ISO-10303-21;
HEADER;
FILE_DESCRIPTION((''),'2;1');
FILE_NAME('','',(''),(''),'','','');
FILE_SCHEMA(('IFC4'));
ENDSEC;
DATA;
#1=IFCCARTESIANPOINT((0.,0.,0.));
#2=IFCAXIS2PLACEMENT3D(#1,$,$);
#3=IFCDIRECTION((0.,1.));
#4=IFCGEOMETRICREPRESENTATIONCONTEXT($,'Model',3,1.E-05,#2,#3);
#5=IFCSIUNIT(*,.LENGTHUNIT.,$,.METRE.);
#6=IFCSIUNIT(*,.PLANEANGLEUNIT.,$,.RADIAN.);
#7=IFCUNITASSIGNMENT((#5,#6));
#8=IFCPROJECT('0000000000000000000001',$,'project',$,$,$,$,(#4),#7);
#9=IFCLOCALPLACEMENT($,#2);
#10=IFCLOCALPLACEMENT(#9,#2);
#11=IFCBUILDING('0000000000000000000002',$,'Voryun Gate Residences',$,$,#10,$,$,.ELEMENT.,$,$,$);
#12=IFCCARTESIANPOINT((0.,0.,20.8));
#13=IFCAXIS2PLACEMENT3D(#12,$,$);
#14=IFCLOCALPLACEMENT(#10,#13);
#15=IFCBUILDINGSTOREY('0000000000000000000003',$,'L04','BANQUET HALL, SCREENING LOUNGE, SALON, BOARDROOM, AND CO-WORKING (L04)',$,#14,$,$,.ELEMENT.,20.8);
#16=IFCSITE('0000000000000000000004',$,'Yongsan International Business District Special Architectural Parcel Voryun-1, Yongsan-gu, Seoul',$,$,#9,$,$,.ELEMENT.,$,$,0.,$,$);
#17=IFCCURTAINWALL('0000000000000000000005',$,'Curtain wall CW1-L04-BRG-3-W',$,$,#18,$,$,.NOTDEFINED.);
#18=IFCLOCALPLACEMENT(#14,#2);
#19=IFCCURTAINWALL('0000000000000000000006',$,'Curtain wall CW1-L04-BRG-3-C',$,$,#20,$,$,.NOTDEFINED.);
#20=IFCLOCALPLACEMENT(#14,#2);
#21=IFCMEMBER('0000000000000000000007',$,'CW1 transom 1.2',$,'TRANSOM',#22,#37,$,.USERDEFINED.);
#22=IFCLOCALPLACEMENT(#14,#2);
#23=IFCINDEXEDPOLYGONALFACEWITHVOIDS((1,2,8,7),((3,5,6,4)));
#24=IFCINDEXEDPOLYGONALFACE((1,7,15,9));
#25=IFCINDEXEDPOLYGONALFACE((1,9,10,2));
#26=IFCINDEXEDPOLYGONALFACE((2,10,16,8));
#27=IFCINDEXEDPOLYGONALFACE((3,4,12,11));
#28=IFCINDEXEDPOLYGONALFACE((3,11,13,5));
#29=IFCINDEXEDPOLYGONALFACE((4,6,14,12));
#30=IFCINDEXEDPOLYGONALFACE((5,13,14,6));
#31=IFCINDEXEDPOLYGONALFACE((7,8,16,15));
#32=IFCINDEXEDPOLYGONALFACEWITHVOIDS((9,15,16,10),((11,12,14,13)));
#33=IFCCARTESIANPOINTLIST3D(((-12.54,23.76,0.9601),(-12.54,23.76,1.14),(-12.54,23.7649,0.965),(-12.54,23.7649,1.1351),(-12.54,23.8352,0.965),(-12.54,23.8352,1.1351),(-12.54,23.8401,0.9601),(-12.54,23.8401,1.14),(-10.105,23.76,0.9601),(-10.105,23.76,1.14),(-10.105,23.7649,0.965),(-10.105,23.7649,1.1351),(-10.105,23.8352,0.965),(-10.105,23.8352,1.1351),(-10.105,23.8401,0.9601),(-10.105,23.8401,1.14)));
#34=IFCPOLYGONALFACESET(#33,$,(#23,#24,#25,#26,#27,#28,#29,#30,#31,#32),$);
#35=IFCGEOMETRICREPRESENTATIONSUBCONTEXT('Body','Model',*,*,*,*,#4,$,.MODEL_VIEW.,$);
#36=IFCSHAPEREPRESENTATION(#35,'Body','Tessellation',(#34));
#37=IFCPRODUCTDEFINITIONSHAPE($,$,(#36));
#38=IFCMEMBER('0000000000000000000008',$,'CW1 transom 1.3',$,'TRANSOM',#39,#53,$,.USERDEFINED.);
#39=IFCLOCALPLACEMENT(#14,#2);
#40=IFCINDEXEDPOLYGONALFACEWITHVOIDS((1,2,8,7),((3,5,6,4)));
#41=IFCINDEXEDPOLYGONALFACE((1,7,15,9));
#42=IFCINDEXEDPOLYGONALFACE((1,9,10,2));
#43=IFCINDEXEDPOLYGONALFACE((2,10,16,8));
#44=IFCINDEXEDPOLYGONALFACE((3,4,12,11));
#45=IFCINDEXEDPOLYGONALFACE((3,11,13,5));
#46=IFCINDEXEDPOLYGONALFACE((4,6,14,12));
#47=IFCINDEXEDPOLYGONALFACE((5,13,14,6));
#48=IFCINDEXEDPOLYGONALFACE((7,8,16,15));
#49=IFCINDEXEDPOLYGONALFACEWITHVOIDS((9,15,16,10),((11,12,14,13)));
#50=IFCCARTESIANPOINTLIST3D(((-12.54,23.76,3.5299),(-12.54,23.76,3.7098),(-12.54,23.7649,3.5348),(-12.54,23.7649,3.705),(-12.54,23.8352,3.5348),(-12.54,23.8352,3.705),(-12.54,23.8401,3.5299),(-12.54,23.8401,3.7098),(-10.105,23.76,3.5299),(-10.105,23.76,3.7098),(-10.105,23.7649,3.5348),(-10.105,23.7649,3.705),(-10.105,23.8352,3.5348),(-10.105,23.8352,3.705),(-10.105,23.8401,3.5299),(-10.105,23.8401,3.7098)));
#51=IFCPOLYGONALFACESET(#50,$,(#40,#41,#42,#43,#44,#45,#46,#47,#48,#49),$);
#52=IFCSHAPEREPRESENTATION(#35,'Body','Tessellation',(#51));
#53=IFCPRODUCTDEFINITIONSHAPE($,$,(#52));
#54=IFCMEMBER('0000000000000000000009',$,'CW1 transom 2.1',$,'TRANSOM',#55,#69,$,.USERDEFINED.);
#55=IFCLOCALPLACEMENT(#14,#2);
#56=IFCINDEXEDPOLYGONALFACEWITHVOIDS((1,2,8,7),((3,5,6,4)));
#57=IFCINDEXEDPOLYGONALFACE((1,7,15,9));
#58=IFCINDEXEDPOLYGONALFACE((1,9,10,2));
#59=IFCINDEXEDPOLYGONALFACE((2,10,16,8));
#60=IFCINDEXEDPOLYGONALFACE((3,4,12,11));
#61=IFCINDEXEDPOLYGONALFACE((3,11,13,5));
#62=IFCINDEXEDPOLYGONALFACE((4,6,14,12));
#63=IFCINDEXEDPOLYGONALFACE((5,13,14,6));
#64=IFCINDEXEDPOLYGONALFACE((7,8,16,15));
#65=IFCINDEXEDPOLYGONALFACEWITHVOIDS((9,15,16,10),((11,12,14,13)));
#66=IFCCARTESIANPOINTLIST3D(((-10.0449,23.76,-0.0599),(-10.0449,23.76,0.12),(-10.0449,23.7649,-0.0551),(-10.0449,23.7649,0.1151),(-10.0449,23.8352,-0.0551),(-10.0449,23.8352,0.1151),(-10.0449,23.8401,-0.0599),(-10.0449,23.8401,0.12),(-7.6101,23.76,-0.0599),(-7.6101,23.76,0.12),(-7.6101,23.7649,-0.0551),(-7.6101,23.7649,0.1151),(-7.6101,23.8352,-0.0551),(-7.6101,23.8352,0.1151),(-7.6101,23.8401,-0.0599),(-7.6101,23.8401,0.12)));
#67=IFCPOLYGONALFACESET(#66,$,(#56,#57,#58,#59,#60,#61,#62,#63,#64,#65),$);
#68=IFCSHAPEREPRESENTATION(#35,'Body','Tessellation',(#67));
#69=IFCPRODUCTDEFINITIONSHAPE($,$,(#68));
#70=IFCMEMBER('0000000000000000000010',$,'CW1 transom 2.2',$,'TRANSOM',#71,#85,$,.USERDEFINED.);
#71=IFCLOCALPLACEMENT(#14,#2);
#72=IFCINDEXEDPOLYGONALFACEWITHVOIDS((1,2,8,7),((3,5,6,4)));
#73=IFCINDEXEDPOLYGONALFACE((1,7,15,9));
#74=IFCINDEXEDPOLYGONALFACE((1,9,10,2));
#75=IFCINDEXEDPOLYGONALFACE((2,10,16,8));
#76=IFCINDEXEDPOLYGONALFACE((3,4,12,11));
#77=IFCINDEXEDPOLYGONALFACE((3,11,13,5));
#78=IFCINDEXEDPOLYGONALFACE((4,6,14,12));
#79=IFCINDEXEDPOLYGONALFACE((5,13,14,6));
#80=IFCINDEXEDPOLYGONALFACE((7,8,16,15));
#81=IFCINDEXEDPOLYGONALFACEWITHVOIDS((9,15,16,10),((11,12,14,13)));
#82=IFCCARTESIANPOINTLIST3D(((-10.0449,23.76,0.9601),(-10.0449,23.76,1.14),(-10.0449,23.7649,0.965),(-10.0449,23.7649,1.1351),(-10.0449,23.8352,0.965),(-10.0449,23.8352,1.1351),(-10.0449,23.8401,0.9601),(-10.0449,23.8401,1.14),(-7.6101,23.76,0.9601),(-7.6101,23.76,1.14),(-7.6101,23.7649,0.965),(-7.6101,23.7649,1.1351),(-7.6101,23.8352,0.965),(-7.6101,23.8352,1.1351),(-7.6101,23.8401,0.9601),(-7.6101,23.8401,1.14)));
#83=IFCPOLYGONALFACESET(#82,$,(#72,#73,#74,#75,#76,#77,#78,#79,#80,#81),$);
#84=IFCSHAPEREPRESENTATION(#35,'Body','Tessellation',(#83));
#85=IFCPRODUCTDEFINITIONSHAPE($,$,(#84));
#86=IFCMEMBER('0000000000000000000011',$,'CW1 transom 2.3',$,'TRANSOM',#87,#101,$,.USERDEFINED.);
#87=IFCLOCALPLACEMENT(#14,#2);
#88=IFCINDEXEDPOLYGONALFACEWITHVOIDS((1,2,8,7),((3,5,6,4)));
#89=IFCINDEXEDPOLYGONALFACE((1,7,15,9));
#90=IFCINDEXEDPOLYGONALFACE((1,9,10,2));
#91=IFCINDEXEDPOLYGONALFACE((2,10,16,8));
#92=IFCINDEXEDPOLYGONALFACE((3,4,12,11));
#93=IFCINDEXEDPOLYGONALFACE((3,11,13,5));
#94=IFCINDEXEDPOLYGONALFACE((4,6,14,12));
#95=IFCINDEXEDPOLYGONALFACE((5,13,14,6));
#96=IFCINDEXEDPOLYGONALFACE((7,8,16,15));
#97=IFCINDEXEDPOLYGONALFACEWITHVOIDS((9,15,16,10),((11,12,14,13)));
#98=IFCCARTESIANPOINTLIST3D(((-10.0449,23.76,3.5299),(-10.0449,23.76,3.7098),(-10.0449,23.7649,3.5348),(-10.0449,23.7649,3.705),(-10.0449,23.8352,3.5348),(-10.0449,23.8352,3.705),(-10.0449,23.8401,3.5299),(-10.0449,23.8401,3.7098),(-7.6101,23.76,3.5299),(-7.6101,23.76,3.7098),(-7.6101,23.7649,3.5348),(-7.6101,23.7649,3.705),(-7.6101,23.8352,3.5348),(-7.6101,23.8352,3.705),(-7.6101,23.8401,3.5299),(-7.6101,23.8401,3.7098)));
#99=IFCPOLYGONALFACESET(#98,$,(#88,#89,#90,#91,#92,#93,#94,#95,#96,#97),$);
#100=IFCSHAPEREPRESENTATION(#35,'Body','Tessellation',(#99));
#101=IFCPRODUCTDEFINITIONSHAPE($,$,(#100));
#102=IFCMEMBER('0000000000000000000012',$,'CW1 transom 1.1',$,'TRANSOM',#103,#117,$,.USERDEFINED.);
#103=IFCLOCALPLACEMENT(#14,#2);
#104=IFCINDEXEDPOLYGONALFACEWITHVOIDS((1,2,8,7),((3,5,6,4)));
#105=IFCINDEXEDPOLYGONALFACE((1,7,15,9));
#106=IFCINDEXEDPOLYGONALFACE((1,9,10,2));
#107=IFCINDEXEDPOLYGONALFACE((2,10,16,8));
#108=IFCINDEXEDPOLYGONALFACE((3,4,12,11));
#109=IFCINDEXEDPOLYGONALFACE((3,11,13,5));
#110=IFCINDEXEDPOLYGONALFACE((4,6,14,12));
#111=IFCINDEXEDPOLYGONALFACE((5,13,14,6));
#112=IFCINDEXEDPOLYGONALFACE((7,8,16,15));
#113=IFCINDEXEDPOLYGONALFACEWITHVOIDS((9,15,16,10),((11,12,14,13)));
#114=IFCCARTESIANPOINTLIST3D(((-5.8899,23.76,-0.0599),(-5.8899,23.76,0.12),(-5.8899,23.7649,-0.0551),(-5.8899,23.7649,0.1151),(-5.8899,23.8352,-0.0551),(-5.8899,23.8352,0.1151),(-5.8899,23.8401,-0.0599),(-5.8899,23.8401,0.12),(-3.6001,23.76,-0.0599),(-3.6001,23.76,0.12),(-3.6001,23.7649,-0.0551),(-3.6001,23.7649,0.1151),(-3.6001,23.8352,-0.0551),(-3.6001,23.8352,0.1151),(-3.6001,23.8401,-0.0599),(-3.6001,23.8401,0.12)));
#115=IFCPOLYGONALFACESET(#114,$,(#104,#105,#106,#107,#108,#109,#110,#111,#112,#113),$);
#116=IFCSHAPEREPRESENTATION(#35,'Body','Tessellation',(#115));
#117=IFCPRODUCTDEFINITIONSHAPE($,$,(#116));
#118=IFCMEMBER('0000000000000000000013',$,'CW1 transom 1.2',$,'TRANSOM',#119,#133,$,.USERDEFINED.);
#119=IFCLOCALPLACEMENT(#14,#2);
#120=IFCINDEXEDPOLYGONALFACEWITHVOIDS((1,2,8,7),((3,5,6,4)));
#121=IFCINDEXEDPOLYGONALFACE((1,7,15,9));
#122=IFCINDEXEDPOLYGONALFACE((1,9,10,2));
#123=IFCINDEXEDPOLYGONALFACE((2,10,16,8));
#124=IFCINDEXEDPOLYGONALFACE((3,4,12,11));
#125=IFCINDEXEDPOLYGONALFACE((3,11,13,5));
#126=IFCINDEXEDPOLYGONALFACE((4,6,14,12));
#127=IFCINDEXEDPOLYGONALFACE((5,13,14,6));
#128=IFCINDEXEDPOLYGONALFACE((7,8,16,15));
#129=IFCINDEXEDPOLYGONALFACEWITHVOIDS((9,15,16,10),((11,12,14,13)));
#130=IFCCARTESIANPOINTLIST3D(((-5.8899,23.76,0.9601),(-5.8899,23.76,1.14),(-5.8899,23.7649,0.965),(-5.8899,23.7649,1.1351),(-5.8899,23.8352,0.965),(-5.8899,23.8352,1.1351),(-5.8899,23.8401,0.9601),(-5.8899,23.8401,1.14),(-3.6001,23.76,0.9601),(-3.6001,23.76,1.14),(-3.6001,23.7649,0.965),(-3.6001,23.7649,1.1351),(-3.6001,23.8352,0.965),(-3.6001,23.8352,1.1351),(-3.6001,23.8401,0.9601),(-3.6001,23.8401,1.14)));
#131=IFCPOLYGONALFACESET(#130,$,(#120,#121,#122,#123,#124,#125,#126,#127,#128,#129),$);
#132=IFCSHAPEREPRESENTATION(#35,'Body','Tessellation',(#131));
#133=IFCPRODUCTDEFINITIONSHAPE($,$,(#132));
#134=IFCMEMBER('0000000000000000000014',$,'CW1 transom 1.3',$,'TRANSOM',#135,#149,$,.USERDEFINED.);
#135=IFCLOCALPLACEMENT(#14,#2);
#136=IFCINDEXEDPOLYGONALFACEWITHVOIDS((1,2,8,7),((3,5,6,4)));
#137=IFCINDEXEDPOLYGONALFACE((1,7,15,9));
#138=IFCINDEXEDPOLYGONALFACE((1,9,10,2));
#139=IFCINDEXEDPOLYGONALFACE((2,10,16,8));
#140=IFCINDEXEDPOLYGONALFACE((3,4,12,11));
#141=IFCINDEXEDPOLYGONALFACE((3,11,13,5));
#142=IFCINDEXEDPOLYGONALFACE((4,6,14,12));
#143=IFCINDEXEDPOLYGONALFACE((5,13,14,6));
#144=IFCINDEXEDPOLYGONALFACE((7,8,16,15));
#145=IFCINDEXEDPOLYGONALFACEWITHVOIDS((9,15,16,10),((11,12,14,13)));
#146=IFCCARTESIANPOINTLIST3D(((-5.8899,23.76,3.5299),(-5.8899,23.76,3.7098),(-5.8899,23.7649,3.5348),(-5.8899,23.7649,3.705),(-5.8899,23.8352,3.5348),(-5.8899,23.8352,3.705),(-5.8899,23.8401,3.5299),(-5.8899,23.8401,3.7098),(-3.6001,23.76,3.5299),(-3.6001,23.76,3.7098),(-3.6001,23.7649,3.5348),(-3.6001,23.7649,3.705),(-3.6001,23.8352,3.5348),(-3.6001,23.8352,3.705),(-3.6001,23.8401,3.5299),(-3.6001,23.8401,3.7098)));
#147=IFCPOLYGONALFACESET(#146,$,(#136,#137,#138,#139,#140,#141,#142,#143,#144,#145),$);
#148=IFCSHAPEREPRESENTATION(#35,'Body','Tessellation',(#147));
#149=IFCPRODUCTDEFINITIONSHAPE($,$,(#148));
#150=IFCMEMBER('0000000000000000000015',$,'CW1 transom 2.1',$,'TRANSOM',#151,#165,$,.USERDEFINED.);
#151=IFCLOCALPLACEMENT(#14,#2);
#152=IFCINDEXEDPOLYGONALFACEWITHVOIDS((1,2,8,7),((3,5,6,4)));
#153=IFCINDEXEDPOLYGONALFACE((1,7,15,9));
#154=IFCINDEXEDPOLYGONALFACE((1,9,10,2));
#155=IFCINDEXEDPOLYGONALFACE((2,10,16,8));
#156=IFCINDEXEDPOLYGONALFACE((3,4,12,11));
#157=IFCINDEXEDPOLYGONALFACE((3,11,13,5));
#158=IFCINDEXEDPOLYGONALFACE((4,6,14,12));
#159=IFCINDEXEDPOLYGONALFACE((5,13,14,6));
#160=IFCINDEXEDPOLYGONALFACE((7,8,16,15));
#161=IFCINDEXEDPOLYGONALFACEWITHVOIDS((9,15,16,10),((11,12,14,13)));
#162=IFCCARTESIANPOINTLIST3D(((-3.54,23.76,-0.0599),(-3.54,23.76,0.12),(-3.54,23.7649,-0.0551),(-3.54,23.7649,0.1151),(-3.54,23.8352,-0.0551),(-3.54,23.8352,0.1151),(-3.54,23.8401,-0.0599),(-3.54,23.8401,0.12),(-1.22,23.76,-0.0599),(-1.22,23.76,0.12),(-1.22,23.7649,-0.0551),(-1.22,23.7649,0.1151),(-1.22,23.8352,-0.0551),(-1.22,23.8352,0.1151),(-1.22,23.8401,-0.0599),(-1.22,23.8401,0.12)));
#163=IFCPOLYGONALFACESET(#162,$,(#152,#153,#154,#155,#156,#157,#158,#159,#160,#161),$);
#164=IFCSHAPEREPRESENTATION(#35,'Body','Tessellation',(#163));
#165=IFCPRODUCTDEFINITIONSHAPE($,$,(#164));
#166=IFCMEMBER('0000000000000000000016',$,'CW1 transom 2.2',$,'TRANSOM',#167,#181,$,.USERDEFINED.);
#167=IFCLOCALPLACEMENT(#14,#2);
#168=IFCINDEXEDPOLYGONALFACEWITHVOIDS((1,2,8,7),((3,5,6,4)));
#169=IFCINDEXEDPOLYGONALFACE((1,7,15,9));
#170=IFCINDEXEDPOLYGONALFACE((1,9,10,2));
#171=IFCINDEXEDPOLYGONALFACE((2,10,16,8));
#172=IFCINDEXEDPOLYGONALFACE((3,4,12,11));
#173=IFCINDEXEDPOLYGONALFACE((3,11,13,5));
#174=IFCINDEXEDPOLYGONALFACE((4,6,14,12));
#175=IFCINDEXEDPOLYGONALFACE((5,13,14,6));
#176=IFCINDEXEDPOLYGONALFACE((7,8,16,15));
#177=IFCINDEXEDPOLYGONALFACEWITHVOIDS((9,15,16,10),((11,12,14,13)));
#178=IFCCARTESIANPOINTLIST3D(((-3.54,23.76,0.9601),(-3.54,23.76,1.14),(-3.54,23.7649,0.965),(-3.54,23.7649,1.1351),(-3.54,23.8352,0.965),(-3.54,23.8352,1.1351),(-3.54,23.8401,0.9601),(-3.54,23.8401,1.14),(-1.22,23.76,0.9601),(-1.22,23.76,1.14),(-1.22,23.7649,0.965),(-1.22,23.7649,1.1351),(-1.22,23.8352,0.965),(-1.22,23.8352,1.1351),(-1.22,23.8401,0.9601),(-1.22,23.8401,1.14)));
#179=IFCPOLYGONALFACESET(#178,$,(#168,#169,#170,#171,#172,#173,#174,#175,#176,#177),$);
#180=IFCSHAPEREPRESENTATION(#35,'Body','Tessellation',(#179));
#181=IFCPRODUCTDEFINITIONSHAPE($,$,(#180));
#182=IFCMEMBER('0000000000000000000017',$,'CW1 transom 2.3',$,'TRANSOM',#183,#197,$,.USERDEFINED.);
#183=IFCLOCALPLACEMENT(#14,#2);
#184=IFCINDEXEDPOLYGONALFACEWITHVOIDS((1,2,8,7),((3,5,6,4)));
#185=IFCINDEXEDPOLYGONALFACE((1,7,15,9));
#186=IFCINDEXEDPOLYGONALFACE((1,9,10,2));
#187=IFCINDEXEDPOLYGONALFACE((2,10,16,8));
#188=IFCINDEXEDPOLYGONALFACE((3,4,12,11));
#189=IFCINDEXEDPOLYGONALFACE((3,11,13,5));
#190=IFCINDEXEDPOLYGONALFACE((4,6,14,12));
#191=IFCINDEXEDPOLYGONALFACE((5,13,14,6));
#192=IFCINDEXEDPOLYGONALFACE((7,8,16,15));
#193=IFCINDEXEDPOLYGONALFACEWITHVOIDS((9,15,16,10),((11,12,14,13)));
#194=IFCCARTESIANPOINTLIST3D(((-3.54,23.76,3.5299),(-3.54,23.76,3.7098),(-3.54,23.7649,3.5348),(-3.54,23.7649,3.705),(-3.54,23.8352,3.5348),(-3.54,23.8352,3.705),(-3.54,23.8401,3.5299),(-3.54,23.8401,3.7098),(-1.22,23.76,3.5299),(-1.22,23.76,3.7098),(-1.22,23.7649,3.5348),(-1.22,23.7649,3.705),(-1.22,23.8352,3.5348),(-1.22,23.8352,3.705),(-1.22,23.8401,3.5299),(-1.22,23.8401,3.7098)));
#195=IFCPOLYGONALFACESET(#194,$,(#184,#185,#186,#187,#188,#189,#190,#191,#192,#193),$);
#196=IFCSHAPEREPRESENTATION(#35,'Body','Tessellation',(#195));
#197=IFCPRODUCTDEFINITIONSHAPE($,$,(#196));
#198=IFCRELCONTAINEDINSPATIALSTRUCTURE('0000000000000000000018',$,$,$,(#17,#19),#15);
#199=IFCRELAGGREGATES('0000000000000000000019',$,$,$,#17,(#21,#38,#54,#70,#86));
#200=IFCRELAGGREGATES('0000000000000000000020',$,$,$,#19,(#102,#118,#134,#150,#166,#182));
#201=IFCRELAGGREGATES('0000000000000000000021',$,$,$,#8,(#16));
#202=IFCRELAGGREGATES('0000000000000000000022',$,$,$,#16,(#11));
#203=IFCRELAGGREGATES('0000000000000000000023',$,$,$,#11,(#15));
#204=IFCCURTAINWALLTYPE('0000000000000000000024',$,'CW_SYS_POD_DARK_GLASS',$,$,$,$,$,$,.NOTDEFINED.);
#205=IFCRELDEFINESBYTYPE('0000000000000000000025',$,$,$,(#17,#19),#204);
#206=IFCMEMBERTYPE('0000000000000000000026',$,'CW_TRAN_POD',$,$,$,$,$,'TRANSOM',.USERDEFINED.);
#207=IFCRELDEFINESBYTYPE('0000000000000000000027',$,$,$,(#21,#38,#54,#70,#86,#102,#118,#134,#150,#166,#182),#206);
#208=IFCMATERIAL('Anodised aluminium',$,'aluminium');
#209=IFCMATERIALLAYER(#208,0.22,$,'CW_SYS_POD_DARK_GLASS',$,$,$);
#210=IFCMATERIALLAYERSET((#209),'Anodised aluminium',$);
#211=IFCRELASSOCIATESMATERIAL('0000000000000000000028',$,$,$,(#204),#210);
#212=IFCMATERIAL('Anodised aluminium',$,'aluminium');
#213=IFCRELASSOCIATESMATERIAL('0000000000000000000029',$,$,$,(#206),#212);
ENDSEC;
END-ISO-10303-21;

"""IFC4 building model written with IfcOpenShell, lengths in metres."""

from ifc_helpers import new_model, si_unit, direction, frame, origin, origin_2d, place, context, subcontext, project, spatial, hollow_rectangle, extrude, material, layer, layer_set, material_profile, profile_set, type_object, element, aggregate, save


model = new_model("IFC4")

# Units and contexts
model_context = context("Model", 3, precision=1e-05, world=origin(), true_north=direction((0.0, 1.0)))
body_context = subcontext(model_context, "Body", "Model", "MODEL_VIEW")
ifc_project = project(units=[si_unit("LENGTHUNIT", "METRE"), si_unit("PLANEANGLEUNIT", "RADIAN")], contexts=[model_context])

# Site, building, storey
site_placement = place(None, origin())
site = spatial("IfcSite", under=ifc_project, at=site_placement, Name="Yongsan International Business District Special Architectural Parcel Voryun-1, Yongsan-gu, Seoul", CompositionType="ELEMENT", RefElevation=0.0)
building_placement = place(site_placement, origin())
building = spatial("IfcBuilding", under=site, at=building_placement, Name="Voryun Gate Residences", CompositionType="ELEMENT")
storey_placement = place(building_placement, frame((0.0, 0.0, 20.8)))
storey = spatial("IfcBuildingStorey", under=building, at=storey_placement, Name="L04", Description="BANQUET HALL, SCREENING LOUNGE, SALON, BOARDROOM, AND CO-WORKING (L04)", CompositionType="ELEMENT", Elevation=20.8)

# Curtain walls
ifc_material_1 = material(Name="Anodised aluminium", Category="aluminium")
ifc_layer_1 = layer(ifc_material_1, 0.22, Name="CW_SYS_POD_DARK_GLASS")
ifc_layer_set_1 = layer_set([ifc_layer_1], Name="Anodised aluminium")
curtain_wall_type = type_object("IfcCurtainWallType", Name="CW_SYS_POD_DARK_GLASS", PredefinedType="NOTDEFINED", material=ifc_layer_set_1)
curtain_wall_1_placement = place(storey_placement, origin())
curtain_wall_1 = element("IfcCurtainWall", 1, at=curtain_wall_1_placement, inside=storey, type_object=curtain_wall_type, Name="Curtain wall CW1-L04-BRG-3-W", PredefinedType="NOTDEFINED")
curtain_wall_2_placement = place(storey_placement, origin())
curtain_wall_2 = element("IfcCurtainWall", 2, at=curtain_wall_2_placement, inside=storey, type_object=curtain_wall_type, Name="Curtain wall CW1-L04-BRG-3-C", PredefinedType="NOTDEFINED")

# Members
ifc_material_2 = material(Name="Anodised aluminium", Category="aluminium")
ifc_material_profile_1 = material_profile(ifc_material_2, hollow_rectangle(XDim=0.0801, YDim=0.1799, WallThickness=0.0049, at=origin_2d()), Name="ALU-TRAN-180x80x5")
ifc_profile_set_1 = profile_set([ifc_material_profile_1], Name="Anodised aluminium")
member_type_1 = type_object("IfcMemberType", Name="CW_TRAN_POD", ElementType="TRANSOM", PredefinedType="USERDEFINED", material=ifc_profile_set_1)
member_1_placement = place(storey_placement, frame((-12.54, 23.8, 1.05), z_axis=(1.0, 0.0, 0.0), x_axis=(0.0, 1.0, 0.0)))
member_1 = element("IfcMember", 3, at=member_1_placement, type_object=member_type_1, Name="CW1 transom 1.2", ObjectType="TRANSOM", PredefinedType="USERDEFINED", context=body_context, shape_type="SweptSolid", body=[
    extrude(hollow_rectangle(XDim=0.0801, YDim=0.1799, WallThickness=0.0049, at=origin_2d()), origin(), (0.0, 0.0, 1.0), 2.4351),
])
member_2_placement = place(storey_placement, frame((-12.54, 23.8, 3.6199), z_axis=(1.0, 0.0, 0.0), x_axis=(0.0, 1.0, 0.0)))
member_2 = element("IfcMember", 4, at=member_2_placement, type_object=member_type_1, Name="CW1 transom 1.3", ObjectType="TRANSOM", PredefinedType="USERDEFINED", context=body_context, shape_type="SweptSolid", body=[
    extrude(hollow_rectangle(XDim=0.0801, YDim=0.1799, WallThickness=0.0049, at=origin_2d()), origin(), (0.0, 0.0, 1.0), 2.4351),
])
member_3_placement = place(storey_placement, frame((-10.0449, 23.8, 0.03), z_axis=(1.0, 0.0, 0.0), x_axis=(0.0, 1.0, 0.0)))
member_3 = element("IfcMember", 5, at=member_3_placement, type_object=member_type_1, Name="CW1 transom 2.1", ObjectType="TRANSOM", PredefinedType="USERDEFINED", context=body_context, shape_type="SweptSolid", body=[
    extrude(hollow_rectangle(XDim=0.0801, YDim=0.1799, WallThickness=0.0049, at=origin_2d()), origin(), (0.0, 0.0, 1.0), 2.4348),
])
member_4_placement = place(storey_placement, frame((-10.0449, 23.8, 1.05), z_axis=(1.0, 0.0, 0.0), x_axis=(0.0, 1.0, 0.0)))
member_4 = element("IfcMember", 6, at=member_4_placement, type_object=member_type_1, Name="CW1 transom 2.2", ObjectType="TRANSOM", PredefinedType="USERDEFINED", context=body_context, shape_type="SweptSolid", body=[
    extrude(hollow_rectangle(XDim=0.0801, YDim=0.1799, WallThickness=0.0049, at=origin_2d()), origin(), (0.0, 0.0, 1.0), 2.4348),
])
member_5_placement = place(storey_placement, frame((-10.0449, 23.8, 3.6199), z_axis=(1.0, 0.0, 0.0), x_axis=(0.0, 1.0, 0.0)))
member_5 = element("IfcMember", 7, at=member_5_placement, type_object=member_type_1, Name="CW1 transom 2.3", ObjectType="TRANSOM", PredefinedType="USERDEFINED", context=body_context, shape_type="SweptSolid", body=[
    extrude(hollow_rectangle(XDim=0.0801, YDim=0.1799, WallThickness=0.0049, at=origin_2d()), origin(), (0.0, 0.0, 1.0), 2.4348),
])
member_6_placement = place(storey_placement, frame((-5.8899, 23.8, 0.03), z_axis=(1.0, 0.0, 0.0), x_axis=(0.0, 1.0, 0.0)))
member_6 = element("IfcMember", 8, at=member_6_placement, type_object=member_type_1, Name="CW1 transom 1.1", ObjectType="TRANSOM", PredefinedType="USERDEFINED", context=body_context, shape_type="SweptSolid", body=[
    extrude(hollow_rectangle(XDim=0.0801, YDim=0.1799, WallThickness=0.0049, at=origin_2d()), origin(), (0.0, 0.0, 1.0), 2.2898),
])
member_7_placement = place(storey_placement, frame((-5.8899, 23.8, 1.05), z_axis=(1.0, 0.0, 0.0), x_axis=(0.0, 1.0, 0.0)))
member_7 = element("IfcMember", 9, at=member_7_placement, type_object=member_type_1, Name="CW1 transom 1.2", ObjectType="TRANSOM", PredefinedType="USERDEFINED", context=body_context, shape_type="SweptSolid", body=[
    extrude(hollow_rectangle(XDim=0.0801, YDim=0.1799, WallThickness=0.0049, at=origin_2d()), origin(), (0.0, 0.0, 1.0), 2.2898),
])
member_8_placement = place(storey_placement, frame((-5.8899, 23.8, 3.6199), z_axis=(1.0, 0.0, 0.0), x_axis=(0.0, 1.0, 0.0)))
member_8 = element("IfcMember", 10, at=member_8_placement, type_object=member_type_1, Name="CW1 transom 1.3", ObjectType="TRANSOM", PredefinedType="USERDEFINED", context=body_context, shape_type="SweptSolid", body=[
    extrude(hollow_rectangle(XDim=0.0801, YDim=0.1799, WallThickness=0.0049, at=origin_2d()), origin(), (0.0, 0.0, 1.0), 2.2898),
])
member_9_placement = place(storey_placement, frame((-3.54, 23.8, 0.03), z_axis=(1.0, 0.0, 0.0), x_axis=(0.0, 1.0, 0.0)))
member_9 = element("IfcMember", 11, at=member_9_placement, type_object=member_type_1, Name="CW1 transom 2.1", ObjectType="TRANSOM", PredefinedType="USERDEFINED", context=body_context, shape_type="SweptSolid", body=[
    extrude(hollow_rectangle(XDim=0.0801, YDim=0.1799, WallThickness=0.0049, at=origin_2d()), origin(), (0.0, 0.0, 1.0), 2.3201),
])
member_10_placement = place(storey_placement, frame((-3.54, 23.8, 1.05), z_axis=(1.0, 0.0, 0.0), x_axis=(0.0, 1.0, 0.0)))
member_10 = element("IfcMember", 12, at=member_10_placement, type_object=member_type_1, Name="CW1 transom 2.2", ObjectType="TRANSOM", PredefinedType="USERDEFINED", context=body_context, shape_type="SweptSolid", body=[
    extrude(hollow_rectangle(XDim=0.0801, YDim=0.1799, WallThickness=0.0049, at=origin_2d()), origin(), (0.0, 0.0, 1.0), 2.3201),
])
member_11_placement = place(storey_placement, frame((-3.54, 23.8, 3.6199), z_axis=(1.0, 0.0, 0.0), x_axis=(0.0, 1.0, 0.0)))
member_11 = element("IfcMember", 13, at=member_11_placement, type_object=member_type_1, Name="CW1 transom 2.3", ObjectType="TRANSOM", PredefinedType="USERDEFINED", context=body_context, shape_type="SweptSolid", body=[
    extrude(hollow_rectangle(XDim=0.0801, YDim=0.1799, WallThickness=0.0049, at=origin_2d()), origin(), (0.0, 0.0, 1.0), 2.3201),
])

aggregate(curtain_wall_1, [member_1, member_2, member_3, member_4, member_5])
aggregate(curtain_wall_2, [member_6, member_7, member_8, member_9, member_10, member_11])

save(model, "model.ifc")
